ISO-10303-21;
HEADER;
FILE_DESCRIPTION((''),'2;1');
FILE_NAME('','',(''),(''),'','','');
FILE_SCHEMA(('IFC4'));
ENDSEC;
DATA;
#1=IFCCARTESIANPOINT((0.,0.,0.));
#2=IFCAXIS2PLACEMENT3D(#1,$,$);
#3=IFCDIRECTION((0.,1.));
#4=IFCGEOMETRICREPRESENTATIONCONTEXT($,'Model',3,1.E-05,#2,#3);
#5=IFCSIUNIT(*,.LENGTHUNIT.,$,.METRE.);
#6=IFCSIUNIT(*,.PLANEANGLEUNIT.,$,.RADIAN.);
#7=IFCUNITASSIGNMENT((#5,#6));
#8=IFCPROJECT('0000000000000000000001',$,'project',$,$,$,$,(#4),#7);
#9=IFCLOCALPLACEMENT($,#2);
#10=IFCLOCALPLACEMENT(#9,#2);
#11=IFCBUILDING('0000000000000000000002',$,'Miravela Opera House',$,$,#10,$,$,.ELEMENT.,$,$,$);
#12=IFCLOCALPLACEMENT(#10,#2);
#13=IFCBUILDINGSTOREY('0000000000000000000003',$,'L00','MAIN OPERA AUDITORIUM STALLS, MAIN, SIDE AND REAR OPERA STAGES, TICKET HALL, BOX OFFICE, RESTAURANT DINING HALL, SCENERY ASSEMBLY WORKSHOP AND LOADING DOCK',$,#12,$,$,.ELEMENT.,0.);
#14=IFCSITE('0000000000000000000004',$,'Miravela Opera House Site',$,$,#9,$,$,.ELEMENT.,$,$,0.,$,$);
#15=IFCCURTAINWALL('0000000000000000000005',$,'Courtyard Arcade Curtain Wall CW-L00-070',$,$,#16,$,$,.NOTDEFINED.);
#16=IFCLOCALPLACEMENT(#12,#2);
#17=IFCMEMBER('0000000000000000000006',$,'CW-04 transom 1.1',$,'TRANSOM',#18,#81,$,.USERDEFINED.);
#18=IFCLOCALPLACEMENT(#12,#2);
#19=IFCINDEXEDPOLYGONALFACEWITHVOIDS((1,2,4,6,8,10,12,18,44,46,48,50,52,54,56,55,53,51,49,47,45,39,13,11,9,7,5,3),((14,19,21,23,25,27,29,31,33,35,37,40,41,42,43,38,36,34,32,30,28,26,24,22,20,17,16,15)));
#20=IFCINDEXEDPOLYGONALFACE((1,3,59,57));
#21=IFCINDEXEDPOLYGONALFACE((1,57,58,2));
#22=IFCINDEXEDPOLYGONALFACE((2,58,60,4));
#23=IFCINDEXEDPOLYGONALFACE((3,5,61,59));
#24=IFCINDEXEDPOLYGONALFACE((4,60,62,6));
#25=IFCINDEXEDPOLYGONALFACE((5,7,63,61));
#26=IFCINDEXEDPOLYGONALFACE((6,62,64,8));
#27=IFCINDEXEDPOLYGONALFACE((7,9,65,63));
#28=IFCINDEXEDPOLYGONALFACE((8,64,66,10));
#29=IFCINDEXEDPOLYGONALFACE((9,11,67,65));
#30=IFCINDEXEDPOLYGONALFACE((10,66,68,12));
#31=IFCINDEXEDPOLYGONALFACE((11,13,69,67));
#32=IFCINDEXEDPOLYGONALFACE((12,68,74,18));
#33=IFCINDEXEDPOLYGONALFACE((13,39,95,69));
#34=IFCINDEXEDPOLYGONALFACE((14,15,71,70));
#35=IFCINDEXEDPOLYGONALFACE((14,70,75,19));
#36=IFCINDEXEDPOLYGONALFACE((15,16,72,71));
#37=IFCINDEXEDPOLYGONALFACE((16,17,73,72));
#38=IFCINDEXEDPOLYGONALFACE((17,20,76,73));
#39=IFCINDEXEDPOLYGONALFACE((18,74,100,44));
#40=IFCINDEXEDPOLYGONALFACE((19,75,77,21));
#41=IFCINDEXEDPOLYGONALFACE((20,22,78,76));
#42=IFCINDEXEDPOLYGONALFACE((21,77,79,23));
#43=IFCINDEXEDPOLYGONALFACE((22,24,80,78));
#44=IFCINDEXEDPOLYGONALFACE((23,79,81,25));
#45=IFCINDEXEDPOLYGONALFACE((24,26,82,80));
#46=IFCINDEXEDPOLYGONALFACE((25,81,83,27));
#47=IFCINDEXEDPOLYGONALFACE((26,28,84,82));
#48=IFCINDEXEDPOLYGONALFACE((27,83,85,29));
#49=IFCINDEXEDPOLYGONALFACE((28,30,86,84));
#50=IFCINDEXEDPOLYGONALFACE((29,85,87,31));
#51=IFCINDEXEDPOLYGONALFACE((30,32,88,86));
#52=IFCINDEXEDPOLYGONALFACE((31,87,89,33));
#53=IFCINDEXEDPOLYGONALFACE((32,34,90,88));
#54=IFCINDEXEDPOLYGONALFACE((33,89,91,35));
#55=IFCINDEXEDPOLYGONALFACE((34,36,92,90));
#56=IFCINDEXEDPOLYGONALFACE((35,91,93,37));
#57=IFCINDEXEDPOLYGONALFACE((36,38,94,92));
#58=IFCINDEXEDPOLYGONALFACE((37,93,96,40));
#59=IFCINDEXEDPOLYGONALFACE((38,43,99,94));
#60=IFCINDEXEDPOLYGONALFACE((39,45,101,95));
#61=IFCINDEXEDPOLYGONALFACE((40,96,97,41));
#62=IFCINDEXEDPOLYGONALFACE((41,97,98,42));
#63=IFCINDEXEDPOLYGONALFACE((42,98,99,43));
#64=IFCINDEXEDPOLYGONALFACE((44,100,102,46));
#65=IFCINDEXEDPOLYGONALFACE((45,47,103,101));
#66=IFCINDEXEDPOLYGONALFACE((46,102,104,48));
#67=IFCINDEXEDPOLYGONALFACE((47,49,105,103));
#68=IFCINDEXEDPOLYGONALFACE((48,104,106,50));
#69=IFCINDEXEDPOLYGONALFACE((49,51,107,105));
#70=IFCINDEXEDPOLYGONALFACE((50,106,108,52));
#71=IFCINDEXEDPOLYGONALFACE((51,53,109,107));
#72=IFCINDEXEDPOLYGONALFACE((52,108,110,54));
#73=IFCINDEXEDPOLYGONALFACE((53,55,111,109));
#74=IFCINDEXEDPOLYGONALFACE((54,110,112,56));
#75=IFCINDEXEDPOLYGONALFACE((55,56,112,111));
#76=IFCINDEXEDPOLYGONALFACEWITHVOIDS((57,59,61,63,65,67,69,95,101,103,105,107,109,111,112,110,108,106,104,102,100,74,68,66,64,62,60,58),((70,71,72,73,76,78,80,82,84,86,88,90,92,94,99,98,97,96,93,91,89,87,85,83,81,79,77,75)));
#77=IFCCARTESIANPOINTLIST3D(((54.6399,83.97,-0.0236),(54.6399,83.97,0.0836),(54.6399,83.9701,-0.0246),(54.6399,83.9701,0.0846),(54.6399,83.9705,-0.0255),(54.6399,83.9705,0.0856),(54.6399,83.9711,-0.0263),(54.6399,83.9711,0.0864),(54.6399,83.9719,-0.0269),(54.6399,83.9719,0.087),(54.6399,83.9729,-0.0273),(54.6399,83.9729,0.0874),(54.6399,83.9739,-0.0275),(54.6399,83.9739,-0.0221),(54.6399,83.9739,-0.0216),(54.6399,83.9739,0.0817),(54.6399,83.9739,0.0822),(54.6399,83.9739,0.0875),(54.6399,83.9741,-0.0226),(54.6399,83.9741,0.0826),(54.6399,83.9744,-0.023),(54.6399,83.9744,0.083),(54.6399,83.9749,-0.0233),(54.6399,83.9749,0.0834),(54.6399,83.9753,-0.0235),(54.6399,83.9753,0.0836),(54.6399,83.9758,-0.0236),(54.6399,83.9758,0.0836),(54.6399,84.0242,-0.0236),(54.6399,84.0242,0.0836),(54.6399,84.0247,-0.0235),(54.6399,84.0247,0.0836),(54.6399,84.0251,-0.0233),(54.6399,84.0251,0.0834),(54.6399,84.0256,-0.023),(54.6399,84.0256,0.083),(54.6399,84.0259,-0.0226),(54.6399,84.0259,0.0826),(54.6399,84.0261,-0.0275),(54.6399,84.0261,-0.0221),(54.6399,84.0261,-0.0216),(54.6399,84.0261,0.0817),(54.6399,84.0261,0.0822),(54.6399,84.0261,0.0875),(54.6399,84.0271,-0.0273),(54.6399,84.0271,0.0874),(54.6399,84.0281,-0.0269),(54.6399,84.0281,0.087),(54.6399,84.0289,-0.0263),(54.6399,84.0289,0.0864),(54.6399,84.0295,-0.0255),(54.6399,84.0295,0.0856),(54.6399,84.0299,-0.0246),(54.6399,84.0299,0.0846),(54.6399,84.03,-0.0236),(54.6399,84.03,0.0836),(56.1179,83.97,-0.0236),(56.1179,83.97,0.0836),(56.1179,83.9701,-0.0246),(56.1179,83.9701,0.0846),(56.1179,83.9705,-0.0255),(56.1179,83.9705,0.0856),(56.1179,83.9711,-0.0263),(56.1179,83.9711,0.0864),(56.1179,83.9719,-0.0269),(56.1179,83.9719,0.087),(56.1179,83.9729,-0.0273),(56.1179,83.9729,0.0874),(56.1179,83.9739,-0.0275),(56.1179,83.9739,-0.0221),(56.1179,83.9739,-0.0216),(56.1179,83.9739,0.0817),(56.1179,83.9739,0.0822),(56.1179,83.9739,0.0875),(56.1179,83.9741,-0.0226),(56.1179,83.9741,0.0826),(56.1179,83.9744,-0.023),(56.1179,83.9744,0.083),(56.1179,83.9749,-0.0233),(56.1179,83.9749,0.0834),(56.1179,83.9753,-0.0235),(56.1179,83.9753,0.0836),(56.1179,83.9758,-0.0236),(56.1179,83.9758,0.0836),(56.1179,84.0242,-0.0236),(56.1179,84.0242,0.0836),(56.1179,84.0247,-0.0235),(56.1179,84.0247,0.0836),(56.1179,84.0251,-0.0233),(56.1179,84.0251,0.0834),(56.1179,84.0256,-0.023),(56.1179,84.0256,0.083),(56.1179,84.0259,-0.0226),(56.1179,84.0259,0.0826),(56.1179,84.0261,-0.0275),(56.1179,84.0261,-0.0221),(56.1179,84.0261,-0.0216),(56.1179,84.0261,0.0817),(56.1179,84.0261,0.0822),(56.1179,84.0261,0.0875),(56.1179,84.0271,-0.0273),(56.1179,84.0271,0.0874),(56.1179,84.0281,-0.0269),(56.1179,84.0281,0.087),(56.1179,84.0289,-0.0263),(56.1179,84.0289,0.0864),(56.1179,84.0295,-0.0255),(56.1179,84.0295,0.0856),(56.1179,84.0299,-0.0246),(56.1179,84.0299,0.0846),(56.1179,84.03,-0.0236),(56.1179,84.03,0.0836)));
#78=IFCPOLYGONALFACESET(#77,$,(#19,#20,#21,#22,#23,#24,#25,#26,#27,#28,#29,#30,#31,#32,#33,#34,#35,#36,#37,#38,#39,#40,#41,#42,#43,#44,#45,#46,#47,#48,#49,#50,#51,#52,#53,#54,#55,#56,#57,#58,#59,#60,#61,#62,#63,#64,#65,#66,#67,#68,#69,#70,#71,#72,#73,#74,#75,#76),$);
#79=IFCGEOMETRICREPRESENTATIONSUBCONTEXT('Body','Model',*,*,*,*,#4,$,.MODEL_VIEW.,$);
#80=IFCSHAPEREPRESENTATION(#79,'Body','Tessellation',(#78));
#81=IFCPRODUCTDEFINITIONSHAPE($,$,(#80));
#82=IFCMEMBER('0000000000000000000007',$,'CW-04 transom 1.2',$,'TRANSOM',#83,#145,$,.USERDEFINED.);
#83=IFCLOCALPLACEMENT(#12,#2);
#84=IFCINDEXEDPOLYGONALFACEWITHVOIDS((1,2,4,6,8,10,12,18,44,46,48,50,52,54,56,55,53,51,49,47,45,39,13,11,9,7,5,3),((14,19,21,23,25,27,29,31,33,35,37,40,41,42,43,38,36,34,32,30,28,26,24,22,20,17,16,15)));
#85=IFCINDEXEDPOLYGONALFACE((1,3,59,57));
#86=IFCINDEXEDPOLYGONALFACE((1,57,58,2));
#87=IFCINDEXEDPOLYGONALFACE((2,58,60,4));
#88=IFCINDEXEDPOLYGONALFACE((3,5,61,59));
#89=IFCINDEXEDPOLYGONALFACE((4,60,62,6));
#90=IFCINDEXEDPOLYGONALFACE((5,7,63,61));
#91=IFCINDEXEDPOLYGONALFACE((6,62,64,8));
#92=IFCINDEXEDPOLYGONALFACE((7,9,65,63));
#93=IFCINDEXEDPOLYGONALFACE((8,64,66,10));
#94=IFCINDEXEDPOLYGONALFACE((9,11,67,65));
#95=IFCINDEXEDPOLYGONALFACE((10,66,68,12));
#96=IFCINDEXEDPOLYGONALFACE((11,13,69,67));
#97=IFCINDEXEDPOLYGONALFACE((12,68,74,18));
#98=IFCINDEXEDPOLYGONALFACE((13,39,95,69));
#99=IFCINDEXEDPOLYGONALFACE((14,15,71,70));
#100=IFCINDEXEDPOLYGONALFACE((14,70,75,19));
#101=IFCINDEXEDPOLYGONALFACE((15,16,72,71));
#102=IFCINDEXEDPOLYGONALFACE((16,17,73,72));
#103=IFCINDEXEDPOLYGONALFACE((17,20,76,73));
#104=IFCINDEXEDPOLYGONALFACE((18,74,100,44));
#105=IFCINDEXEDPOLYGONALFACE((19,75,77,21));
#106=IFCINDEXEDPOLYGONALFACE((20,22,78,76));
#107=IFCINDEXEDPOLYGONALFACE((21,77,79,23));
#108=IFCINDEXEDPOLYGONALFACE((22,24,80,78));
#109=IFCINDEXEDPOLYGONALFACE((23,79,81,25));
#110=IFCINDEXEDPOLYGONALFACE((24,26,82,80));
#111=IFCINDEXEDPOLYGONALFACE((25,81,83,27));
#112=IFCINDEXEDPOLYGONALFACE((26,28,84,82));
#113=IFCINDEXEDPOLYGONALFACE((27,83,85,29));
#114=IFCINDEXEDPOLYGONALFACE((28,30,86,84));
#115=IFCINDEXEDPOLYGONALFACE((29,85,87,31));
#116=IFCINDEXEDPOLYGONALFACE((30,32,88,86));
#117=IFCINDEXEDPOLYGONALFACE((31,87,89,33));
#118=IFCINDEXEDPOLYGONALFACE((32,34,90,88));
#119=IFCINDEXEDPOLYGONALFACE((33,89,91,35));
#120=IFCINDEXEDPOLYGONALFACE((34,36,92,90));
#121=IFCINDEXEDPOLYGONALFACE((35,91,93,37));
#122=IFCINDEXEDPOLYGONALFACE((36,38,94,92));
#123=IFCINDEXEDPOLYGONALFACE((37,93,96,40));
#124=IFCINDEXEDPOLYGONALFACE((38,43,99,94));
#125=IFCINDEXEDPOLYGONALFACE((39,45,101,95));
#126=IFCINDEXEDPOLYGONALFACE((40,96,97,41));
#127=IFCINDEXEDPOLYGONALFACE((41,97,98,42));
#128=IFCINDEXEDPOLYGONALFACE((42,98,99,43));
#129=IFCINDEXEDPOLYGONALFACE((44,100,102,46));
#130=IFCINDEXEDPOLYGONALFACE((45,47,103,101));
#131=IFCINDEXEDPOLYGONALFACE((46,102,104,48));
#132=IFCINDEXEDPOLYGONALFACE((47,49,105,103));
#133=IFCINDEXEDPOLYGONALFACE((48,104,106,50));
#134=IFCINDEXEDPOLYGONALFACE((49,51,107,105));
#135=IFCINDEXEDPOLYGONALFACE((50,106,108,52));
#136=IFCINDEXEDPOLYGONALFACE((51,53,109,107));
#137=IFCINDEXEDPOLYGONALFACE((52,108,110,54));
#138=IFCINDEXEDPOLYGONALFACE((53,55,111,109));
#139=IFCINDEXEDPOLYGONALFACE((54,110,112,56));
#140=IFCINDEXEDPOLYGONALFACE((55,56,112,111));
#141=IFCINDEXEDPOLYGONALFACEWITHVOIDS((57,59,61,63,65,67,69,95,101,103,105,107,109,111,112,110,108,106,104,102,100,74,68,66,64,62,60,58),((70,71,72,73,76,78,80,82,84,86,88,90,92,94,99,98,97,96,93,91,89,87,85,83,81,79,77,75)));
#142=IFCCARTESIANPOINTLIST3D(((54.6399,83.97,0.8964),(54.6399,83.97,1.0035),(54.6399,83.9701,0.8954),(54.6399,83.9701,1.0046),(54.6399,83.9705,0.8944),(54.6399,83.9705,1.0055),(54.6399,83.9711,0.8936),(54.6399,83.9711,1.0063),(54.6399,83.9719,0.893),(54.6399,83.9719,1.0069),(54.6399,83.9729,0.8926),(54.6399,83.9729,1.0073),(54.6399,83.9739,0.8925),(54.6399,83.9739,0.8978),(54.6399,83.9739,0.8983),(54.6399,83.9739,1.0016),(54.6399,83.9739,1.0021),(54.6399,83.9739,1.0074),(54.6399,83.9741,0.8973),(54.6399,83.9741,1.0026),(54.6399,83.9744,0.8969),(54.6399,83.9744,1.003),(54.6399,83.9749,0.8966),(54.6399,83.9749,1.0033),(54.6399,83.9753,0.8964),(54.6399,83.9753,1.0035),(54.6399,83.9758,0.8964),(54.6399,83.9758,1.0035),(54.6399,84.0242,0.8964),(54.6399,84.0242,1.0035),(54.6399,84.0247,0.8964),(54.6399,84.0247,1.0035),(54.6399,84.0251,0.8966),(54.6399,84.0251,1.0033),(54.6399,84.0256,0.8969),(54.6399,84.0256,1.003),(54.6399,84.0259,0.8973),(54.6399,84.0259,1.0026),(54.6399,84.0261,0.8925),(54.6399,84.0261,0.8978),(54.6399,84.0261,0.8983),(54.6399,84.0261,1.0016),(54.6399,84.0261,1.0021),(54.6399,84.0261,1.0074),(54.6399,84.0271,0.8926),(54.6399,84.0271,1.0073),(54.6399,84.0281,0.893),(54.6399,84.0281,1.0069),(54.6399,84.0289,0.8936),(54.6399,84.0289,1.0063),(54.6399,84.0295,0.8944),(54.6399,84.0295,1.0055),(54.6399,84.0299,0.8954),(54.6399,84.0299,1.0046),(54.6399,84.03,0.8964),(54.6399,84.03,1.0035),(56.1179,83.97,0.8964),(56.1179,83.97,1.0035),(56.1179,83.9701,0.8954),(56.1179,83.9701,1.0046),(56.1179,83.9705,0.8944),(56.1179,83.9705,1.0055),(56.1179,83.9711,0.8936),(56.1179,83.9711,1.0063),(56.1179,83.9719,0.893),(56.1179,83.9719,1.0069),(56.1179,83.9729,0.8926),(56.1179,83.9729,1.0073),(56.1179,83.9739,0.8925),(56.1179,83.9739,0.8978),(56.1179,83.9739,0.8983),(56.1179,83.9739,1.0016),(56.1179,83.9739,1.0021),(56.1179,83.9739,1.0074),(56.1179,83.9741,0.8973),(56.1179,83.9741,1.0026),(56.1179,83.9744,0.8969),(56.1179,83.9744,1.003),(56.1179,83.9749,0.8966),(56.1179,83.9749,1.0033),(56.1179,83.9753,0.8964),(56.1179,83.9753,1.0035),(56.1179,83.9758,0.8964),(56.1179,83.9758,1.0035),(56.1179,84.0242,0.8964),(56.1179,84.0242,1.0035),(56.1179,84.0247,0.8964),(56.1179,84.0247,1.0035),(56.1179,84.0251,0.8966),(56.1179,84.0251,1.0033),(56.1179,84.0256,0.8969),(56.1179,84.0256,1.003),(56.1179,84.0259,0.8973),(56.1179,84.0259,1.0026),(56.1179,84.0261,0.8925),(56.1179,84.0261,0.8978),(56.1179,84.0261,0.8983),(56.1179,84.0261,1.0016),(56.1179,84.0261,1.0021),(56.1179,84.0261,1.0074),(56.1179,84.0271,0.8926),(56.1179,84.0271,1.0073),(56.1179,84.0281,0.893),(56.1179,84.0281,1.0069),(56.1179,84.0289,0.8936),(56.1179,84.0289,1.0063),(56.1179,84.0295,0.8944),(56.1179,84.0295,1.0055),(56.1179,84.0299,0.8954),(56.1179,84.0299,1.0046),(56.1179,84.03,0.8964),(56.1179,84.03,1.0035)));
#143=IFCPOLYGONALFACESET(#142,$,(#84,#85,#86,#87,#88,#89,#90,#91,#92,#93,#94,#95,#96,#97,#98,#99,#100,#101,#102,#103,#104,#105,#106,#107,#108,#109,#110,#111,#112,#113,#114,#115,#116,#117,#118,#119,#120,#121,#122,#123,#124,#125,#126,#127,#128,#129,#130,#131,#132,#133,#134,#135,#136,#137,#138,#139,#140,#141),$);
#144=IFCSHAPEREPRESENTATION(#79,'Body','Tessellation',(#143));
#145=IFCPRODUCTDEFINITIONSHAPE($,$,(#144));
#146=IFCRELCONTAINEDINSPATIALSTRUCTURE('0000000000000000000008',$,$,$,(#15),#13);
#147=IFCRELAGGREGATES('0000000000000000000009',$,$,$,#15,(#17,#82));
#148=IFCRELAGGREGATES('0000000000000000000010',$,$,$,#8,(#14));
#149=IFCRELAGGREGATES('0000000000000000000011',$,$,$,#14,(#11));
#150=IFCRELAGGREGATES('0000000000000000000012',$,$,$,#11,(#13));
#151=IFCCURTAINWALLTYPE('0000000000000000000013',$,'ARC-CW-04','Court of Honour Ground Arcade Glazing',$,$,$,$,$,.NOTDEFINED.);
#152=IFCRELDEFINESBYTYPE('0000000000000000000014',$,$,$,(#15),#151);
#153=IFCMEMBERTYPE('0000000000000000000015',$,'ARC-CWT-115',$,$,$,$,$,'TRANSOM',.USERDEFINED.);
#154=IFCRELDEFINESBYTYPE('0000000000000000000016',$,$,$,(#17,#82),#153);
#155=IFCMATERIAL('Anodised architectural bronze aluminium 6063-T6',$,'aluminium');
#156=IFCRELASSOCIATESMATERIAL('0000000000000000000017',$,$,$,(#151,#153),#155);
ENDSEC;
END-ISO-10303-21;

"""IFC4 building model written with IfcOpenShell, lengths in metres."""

from ifc_helpers import new_model, si_unit, direction, frame, origin, origin_2d, place, context, subcontext, project, spatial, hollow_rectangle, extrude, material, material_profile, profile_set, type_object, element, aggregate, save


model = new_model("IFC4")

# Units and contexts
model_context = context("Model", 3, precision=1e-05, world=origin(), true_north=direction((0.0, 1.0)))
body_context = subcontext(model_context, "Body", "Model", "MODEL_VIEW")
ifc_project = project(units=[si_unit("LENGTHUNIT", "METRE"), si_unit("PLANEANGLEUNIT", "RADIAN")], contexts=[model_context])

# Site, building, storey
site_placement = place(None, origin())
site = spatial("IfcSite", under=ifc_project, at=site_placement, Name="Miravela Opera House Site", CompositionType="ELEMENT", RefElevation=0.0)
building_placement = place(site_placement, origin())
building = spatial("IfcBuilding", under=site, at=building_placement, Name="Miravela Opera House", CompositionType="ELEMENT")
storey_placement = place(building_placement, origin())
storey = spatial("IfcBuildingStorey", under=building, at=storey_placement, Name="L00", Description="MAIN OPERA AUDITORIUM STALLS, MAIN, SIDE AND REAR OPERA STAGES, TICKET HALL, BOX OFFICE, RESTAURANT DINING HALL, SCENERY ASSEMBLY WORKSHOP AND LOADING DOCK", CompositionType="ELEMENT", Elevation=0.0)

# Shared definitions
ifc_material_1 = material(Name="Anodised architectural bronze aluminium 6063-T6", Category="aluminium")
curtain_wall_type = type_object("IfcCurtainWallType", Name="ARC-CW-04", Description="Court of Honour Ground Arcade Glazing", PredefinedType="NOTDEFINED", material=ifc_material_1)

# Curtain wall
curtain_wall_1_placement = place(storey_placement, origin())
curtain_wall_1 = element("IfcCurtainWall", 1, at=curtain_wall_1_placement, inside=storey, type_object=curtain_wall_type, Name="Courtyard Arcade Curtain Wall CW-L00-070", PredefinedType="NOTDEFINED")

# Members
ifc_material_profile_1 = material_profile(ifc_material_1, hollow_rectangle(XDim=0.0601, YDim=0.115, WallThickness=0.0039, InnerFilletRadius=0.002, OuterFilletRadius=0.0039, at=origin_2d()), Name="CWT-60X115")
ifc_profile_set_1 = profile_set([ifc_material_profile_1])
member_type_1 = type_object("IfcMemberType", Name="ARC-CWT-115", ElementType="TRANSOM", PredefinedType="USERDEFINED", material=ifc_profile_set_1)
member_1_placement = place(storey_placement, frame((54.6399, 84.0, 0.03), z_axis=(1.0, 0.0, 0.0), x_axis=(0.0, 1.0, 0.0)))
member_1 = element("IfcMember", 2, at=member_1_placement, type_object=member_type_1, Name="CW-04 transom 1.1", ObjectType="TRANSOM", PredefinedType="USERDEFINED", context=body_context, shape_type="SweptSolid", body=[
    extrude(hollow_rectangle(XDim=0.0601, YDim=0.115, WallThickness=0.0039, InnerFilletRadius=0.002, OuterFilletRadius=0.0039, at=origin_2d()), origin(), (0.0, 0.0, 1.0), 1.478),
])
member_2_placement = place(storey_placement, frame((54.6399, 84.0, 0.95), z_axis=(1.0, 0.0, 0.0), x_axis=(0.0, 1.0, 0.0)))
member_2 = element("IfcMember", 3, at=member_2_placement, type_object=member_type_1, Name="CW-04 transom 1.2", ObjectType="TRANSOM", PredefinedType="USERDEFINED", context=body_context, shape_type="SweptSolid", body=[
    extrude(hollow_rectangle(XDim=0.0601, YDim=0.115, WallThickness=0.0039, InnerFilletRadius=0.002, OuterFilletRadius=0.0039, at=origin_2d()), origin(), (0.0, 0.0, 1.0), 1.478),
])

aggregate(curtain_wall_1, [member_1, member_2])

save(model, "model.ifc")
